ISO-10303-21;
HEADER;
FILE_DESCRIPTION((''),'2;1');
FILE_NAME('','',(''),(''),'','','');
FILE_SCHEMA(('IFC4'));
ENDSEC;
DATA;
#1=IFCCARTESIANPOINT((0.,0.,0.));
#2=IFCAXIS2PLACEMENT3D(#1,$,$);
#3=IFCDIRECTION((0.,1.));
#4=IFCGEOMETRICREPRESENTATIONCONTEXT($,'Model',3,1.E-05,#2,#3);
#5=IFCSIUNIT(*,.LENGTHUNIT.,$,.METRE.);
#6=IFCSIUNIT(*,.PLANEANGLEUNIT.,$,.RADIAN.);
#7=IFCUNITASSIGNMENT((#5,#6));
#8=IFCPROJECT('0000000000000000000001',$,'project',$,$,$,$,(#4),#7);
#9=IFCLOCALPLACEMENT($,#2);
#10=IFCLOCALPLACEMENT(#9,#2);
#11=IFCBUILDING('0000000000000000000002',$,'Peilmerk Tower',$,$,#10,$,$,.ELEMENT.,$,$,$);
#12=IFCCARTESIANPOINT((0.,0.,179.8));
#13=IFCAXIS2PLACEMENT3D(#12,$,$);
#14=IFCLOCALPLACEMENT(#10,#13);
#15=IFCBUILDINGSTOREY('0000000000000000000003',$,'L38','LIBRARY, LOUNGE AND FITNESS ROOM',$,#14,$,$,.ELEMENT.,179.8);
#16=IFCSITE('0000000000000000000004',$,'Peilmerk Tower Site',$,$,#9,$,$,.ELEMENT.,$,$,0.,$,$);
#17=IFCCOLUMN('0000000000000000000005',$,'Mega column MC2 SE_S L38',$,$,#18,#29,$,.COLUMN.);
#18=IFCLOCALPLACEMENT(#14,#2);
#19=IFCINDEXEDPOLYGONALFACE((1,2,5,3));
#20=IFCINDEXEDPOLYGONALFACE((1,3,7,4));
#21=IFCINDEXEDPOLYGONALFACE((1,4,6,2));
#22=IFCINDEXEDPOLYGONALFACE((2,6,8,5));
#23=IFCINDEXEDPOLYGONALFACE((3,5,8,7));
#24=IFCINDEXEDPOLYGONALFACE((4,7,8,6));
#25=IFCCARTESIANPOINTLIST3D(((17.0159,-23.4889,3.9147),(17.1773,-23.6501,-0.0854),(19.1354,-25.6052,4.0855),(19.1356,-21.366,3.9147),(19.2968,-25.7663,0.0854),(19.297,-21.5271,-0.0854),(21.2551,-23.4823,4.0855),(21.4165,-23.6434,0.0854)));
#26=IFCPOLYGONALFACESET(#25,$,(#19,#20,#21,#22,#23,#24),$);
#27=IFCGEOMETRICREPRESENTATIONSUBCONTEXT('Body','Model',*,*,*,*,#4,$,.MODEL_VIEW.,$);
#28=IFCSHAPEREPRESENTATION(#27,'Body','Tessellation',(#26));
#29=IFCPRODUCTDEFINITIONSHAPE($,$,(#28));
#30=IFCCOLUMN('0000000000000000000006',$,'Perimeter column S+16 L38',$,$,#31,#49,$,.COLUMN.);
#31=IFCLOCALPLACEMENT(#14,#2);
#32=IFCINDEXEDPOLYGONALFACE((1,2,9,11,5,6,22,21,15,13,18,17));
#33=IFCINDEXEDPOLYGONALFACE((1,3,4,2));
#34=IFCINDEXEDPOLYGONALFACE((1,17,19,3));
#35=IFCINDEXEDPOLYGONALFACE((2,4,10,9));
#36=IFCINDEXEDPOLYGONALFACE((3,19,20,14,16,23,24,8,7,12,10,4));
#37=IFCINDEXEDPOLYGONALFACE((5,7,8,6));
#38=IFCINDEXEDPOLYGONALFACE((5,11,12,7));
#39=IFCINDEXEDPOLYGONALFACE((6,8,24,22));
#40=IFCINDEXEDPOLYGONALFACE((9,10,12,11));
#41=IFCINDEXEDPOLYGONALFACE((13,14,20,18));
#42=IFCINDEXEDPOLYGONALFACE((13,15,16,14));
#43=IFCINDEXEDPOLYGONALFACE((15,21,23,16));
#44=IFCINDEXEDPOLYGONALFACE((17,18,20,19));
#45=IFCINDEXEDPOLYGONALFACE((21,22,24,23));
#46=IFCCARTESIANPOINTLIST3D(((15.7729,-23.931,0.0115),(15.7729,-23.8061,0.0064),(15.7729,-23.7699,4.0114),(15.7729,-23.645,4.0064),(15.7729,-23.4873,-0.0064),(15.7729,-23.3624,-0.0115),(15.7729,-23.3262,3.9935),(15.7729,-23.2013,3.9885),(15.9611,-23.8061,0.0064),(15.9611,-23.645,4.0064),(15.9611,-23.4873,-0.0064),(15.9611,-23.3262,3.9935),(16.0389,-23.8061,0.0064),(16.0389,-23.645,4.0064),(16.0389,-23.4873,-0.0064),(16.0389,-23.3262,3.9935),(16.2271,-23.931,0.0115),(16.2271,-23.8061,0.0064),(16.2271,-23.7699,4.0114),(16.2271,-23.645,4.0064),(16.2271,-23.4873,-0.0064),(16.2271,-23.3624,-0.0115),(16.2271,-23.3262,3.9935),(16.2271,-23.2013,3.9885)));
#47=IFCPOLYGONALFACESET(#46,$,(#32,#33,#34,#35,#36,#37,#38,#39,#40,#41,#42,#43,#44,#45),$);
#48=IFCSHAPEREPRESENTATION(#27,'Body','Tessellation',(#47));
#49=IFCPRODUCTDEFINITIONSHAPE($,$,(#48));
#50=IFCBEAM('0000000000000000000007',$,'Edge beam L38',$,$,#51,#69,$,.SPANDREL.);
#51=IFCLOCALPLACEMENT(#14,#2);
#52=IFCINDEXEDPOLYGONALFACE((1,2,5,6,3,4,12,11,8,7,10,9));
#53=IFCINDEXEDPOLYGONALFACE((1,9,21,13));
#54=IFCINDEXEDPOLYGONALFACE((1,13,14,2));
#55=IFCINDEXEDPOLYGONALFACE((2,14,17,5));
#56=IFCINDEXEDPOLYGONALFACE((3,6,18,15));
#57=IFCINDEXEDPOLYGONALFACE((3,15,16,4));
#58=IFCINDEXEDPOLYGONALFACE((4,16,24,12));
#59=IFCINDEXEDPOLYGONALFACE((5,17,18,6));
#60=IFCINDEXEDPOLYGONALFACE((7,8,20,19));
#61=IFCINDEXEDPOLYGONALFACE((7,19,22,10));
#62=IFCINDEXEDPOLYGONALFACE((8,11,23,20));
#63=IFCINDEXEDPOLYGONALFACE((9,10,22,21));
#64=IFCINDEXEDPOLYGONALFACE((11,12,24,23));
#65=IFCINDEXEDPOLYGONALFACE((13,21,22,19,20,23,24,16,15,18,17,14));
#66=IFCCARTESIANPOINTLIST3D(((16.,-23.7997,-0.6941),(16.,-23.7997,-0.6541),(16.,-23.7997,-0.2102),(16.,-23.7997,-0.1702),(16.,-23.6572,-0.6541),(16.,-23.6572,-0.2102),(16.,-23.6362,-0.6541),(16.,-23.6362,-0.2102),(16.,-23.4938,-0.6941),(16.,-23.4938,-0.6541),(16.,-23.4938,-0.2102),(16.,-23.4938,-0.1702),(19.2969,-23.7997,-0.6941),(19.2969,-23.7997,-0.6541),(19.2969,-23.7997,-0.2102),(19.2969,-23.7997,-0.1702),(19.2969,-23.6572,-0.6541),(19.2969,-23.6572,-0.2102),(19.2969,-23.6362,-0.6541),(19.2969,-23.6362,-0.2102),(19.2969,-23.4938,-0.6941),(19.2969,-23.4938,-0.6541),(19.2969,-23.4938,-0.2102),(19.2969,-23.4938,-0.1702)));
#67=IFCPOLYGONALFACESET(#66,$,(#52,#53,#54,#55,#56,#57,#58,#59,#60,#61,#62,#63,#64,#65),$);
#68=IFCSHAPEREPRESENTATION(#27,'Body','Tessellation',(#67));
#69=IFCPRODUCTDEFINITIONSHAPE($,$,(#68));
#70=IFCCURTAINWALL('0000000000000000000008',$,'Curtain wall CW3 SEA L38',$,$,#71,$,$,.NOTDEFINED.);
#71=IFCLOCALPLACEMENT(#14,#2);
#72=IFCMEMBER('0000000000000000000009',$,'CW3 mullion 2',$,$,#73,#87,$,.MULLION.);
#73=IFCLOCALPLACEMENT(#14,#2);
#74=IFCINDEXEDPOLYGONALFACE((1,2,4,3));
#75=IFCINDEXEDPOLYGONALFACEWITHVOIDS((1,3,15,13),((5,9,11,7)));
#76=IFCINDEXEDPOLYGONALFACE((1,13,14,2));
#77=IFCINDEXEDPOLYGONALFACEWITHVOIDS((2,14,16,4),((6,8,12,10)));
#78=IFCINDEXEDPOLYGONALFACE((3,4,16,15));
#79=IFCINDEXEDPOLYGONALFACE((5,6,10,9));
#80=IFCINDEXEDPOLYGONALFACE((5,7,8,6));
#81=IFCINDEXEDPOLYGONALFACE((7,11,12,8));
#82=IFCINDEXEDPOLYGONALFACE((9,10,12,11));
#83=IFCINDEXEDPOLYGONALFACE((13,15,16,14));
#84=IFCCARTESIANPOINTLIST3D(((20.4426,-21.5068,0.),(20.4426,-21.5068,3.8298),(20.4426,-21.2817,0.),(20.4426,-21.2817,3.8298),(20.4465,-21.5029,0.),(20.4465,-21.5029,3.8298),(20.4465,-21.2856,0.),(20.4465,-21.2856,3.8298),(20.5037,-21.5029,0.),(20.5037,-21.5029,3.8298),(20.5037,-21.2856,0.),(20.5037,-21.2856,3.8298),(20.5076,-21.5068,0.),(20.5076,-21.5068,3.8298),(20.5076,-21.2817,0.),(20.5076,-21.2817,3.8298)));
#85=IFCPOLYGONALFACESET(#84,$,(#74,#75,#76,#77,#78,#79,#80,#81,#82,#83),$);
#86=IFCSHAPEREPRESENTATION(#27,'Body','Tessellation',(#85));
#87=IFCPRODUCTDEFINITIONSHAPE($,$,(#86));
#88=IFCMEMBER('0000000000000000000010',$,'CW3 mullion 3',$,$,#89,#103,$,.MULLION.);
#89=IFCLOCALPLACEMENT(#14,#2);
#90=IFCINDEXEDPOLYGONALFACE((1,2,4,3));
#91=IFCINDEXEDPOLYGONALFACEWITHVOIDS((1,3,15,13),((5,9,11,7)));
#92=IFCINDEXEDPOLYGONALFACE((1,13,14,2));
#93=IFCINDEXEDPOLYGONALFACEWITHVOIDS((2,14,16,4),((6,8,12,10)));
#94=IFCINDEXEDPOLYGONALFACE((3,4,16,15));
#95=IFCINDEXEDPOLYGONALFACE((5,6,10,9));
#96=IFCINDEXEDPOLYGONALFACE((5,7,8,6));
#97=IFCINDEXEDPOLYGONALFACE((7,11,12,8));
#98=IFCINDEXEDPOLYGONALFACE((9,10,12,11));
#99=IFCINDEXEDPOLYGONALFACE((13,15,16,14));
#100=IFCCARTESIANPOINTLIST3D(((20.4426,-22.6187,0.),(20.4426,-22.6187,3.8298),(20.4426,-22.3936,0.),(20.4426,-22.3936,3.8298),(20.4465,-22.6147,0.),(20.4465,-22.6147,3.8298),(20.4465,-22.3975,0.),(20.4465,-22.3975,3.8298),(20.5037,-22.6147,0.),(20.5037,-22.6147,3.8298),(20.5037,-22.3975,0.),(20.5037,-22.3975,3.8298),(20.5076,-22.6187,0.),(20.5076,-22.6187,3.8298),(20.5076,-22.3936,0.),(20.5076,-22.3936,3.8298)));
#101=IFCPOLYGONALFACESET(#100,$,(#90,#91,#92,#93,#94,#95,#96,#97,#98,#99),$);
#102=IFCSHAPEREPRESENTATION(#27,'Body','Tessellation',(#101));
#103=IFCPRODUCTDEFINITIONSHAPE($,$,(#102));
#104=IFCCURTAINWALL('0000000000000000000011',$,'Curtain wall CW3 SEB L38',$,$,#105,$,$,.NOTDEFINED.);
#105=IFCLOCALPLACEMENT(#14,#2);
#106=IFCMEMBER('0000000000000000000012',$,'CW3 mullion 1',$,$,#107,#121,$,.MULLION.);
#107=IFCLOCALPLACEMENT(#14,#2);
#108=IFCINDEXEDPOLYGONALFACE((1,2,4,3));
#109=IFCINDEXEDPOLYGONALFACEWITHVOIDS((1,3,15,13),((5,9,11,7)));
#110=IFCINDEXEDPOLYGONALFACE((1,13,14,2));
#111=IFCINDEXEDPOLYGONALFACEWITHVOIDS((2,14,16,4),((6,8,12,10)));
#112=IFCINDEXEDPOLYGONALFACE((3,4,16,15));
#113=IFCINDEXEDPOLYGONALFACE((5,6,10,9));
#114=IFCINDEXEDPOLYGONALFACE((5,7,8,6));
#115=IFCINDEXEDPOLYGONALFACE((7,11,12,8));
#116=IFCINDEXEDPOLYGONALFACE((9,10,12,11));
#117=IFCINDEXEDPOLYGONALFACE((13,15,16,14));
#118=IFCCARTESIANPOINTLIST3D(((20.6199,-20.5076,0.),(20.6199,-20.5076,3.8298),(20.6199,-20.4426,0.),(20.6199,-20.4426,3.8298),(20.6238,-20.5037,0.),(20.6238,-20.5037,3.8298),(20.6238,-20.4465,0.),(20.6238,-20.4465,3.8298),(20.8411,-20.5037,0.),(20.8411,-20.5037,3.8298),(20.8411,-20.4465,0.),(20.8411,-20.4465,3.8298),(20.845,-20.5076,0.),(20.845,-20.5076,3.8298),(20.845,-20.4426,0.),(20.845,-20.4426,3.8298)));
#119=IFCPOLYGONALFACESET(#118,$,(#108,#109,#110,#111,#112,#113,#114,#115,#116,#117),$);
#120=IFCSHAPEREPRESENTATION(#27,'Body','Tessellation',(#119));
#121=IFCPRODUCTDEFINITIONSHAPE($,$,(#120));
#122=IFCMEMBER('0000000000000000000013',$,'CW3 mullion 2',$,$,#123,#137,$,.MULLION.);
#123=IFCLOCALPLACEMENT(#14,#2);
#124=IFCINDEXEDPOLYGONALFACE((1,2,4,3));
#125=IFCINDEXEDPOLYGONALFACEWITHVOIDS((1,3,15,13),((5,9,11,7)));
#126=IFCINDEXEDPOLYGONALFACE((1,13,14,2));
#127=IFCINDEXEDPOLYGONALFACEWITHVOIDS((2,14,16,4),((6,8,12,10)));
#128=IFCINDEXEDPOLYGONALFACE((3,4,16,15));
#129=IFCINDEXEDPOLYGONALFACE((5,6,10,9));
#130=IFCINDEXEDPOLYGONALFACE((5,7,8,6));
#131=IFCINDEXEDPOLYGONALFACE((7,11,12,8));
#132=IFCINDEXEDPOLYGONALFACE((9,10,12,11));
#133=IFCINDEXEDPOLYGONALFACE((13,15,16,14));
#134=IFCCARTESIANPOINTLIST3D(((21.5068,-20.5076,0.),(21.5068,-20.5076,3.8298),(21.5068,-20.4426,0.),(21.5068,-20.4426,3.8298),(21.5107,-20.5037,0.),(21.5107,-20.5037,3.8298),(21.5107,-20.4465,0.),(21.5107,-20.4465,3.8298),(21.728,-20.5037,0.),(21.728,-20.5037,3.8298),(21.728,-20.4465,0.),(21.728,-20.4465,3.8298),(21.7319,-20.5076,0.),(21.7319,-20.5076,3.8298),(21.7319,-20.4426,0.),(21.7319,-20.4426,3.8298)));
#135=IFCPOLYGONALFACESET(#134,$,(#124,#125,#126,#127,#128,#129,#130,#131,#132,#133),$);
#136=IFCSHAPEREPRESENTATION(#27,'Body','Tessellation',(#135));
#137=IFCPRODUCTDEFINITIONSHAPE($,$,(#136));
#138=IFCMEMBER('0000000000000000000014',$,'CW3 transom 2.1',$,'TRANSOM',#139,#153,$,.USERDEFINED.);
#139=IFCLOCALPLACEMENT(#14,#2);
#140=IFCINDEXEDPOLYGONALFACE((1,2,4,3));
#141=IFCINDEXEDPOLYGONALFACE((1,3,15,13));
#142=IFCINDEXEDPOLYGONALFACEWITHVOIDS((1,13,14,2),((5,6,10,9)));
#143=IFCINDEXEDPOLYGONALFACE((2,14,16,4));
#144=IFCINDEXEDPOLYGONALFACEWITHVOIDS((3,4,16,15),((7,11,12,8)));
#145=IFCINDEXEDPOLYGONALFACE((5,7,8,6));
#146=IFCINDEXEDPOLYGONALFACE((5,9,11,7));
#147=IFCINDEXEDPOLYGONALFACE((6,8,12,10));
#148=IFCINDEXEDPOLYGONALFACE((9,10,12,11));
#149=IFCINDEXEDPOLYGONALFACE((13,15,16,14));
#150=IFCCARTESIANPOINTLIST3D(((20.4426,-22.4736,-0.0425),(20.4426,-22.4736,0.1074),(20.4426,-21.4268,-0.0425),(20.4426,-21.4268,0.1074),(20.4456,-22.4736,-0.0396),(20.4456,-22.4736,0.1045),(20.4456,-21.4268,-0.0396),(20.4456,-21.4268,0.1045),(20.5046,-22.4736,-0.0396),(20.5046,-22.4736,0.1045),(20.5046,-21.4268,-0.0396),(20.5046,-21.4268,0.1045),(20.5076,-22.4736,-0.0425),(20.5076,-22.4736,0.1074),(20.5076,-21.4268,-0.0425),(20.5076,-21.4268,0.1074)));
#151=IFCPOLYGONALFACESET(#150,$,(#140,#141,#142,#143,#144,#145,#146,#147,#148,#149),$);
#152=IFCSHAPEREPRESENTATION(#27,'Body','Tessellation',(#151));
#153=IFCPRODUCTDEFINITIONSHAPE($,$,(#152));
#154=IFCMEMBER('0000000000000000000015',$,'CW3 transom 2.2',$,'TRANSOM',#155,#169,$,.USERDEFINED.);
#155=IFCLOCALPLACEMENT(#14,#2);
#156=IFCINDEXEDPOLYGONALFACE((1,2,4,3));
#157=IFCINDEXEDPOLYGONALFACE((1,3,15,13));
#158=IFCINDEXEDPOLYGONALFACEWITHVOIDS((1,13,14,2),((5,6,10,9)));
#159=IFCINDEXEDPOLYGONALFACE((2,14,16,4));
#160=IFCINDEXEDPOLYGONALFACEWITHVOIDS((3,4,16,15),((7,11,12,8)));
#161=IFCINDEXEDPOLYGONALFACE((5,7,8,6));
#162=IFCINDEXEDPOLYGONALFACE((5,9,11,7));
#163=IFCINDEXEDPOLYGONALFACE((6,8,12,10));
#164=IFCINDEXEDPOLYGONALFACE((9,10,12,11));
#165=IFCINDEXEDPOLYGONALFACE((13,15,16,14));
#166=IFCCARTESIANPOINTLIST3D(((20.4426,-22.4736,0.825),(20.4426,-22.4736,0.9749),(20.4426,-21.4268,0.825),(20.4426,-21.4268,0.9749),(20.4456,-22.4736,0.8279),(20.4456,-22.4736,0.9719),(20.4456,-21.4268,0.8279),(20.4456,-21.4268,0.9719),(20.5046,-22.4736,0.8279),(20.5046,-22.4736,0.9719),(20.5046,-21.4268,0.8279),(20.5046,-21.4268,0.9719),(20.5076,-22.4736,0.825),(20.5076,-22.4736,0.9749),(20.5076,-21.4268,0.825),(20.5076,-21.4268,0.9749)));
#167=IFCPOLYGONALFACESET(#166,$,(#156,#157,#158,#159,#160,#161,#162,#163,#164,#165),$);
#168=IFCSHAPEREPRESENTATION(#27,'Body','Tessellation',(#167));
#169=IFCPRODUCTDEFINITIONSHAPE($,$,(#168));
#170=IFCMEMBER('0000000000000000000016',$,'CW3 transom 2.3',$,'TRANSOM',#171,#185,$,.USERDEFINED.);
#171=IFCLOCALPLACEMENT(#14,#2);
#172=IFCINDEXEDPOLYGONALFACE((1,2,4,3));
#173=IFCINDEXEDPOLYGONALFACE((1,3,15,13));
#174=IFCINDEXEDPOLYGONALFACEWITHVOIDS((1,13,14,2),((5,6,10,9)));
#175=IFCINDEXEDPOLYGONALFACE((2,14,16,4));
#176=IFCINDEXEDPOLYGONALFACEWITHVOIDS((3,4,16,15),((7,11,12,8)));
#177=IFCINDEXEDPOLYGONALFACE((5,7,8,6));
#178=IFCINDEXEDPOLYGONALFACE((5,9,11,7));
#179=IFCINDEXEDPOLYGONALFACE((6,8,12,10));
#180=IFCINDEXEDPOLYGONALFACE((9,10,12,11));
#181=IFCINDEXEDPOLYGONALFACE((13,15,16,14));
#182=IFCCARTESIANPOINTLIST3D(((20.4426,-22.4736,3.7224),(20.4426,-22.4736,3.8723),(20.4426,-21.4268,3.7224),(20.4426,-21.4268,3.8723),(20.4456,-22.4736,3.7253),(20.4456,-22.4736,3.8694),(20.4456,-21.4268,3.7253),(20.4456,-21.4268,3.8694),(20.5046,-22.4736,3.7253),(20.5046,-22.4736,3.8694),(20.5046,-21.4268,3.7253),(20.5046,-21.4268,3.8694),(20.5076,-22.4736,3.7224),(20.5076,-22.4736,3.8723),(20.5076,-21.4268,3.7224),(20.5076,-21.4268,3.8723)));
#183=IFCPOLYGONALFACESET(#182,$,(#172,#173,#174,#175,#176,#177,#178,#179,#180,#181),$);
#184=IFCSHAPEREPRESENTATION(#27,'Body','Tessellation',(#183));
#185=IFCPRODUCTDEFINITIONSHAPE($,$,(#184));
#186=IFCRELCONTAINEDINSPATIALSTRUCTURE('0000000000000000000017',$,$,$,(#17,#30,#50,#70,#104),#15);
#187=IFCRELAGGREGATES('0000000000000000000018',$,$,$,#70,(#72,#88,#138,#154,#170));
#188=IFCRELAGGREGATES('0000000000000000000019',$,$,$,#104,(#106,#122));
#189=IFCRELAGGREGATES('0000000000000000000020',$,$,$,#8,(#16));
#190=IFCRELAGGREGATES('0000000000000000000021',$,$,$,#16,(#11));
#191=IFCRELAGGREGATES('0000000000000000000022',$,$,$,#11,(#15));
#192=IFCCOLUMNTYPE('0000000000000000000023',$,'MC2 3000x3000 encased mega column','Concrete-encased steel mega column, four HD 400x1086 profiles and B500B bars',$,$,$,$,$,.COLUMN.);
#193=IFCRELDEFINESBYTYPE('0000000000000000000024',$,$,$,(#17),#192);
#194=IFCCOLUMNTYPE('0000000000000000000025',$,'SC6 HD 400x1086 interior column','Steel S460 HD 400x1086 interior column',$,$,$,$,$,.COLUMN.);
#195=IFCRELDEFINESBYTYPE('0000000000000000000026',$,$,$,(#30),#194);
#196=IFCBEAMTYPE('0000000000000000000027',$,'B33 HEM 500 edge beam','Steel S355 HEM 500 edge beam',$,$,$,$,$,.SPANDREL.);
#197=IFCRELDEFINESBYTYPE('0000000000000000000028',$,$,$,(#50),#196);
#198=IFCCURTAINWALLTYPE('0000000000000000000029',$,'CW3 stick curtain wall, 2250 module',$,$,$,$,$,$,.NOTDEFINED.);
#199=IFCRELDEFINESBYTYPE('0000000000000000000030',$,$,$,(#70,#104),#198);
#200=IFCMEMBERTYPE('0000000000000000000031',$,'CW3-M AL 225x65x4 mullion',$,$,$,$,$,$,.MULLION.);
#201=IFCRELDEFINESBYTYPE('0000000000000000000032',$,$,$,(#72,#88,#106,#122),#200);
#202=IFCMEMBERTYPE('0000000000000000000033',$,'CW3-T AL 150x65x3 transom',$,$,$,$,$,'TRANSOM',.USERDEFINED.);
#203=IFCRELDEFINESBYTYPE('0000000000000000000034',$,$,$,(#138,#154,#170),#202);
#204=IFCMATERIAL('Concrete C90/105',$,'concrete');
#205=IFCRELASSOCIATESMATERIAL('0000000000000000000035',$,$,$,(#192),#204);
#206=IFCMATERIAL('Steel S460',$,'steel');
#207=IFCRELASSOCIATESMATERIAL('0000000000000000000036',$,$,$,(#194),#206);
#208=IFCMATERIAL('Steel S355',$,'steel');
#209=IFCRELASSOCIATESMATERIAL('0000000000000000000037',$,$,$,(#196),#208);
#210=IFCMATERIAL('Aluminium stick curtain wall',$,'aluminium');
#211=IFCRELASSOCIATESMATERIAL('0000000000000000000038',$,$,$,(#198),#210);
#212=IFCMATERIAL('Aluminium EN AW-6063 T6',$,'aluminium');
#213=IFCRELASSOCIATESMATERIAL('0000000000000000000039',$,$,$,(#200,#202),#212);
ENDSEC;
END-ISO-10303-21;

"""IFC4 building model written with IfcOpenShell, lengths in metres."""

from ifc_helpers import new_model, si_unit, direction, frame, origin, origin_2d, place, context, subcontext, project, spatial, rectangle, hollow_rectangle, i_section, extrude, material, material_profile, profile_set, type_object, element, aggregate, save


model = new_model("IFC4")

# Units and contexts
model_context = context("Model", 3, precision=1e-05, world=origin(), true_north=direction((0.0, 1.0)))
body_context = subcontext(model_context, "Body", "Model", "MODEL_VIEW")
ifc_project = project(units=[si_unit("LENGTHUNIT", "METRE"), si_unit("PLANEANGLEUNIT", "RADIAN")], contexts=[model_context])

# Site, building, storey
site_placement = place(None, origin())
site = spatial("IfcSite", under=ifc_project, at=site_placement, Name="Peilmerk Tower Site", CompositionType="ELEMENT", RefElevation=0.0)
building_placement = place(site_placement, origin())
building = spatial("IfcBuilding", under=site, at=building_placement, Name="Peilmerk Tower", CompositionType="ELEMENT")
storey_placement = place(building_placement, frame((0.0, 0.0, 179.8)))
storey = spatial("IfcBuildingStorey", under=building, at=storey_placement, Name="L38", Description="LIBRARY, LOUNGE AND FITNESS ROOM", CompositionType="ELEMENT", Elevation=179.8)

# Columns
ifc_material_1 = material(Name="Concrete C90/105", Category="concrete")
ifc_material_profile_1 = material_profile(ifc_material_1, rectangle(XDim=3.0, YDim=3.0, at=origin_2d()), Name="RC 3000x3000")
ifc_profile_set_1 = profile_set([ifc_material_profile_1], Name="Concrete C90/105")
column_type_1 = type_object("IfcColumnType", Name="MC2 3000x3000 encased mega column", Description="Concrete-encased steel mega column, four HD 400x1086 profiles and B500B bars", PredefinedType="COLUMN", material=ifc_profile_set_1)
column_1_placement = place(storey_placement, frame((19.2969, -23.6467, 0.0), z_axis=(-0.040279, 0.040218, 0.998379), x_axis=(-0.706571, -0.707642, 0.0)))
element("IfcColumn", 1, at=column_1_placement, inside=storey, type_object=column_type_1, Name="Mega column MC2 SE_S L38", PredefinedType="COLUMN", context=body_context, shape_type="SweptSolid", body=[
    extrude(rectangle(XDim=3.0, YDim=3.0, at=origin_2d()), origin(), (0.0, 0.0, 1.0), 4.0066),
])
ifc_material_2 = material(Name="Steel S460", Category="steel")
ifc_material_profile_2 = material_profile(ifc_material_2, i_section(OverallWidth=0.4541, OverallDepth=0.5691, WebThickness=0.0779, FlangeThickness=0.125, at=origin_2d()), Name="HD 400x1086")
ifc_profile_set_2 = profile_set([ifc_material_profile_2], Name="Steel S460")
column_type_2 = type_object("IfcColumnType", Name="SC6 HD 400x1086 interior column", Description="Steel S460 HD 400x1086 interior column", PredefinedType="COLUMN", material=ifc_profile_set_2)
column_2_placement = place(storey_placement, frame((16.0, -23.6467, 0.0), z_axis=(0.0, 0.040251, 0.99919), x_axis=(-1.0, 0.0, 0.0)))
element("IfcColumn", 2, at=column_2_placement, inside=storey, type_object=column_type_2, Name="Perimeter column S+16 L38", PredefinedType="COLUMN", context=body_context, shape_type="SweptSolid", body=[
    extrude(i_section(OverallWidth=0.4541, OverallDepth=0.5691, WebThickness=0.0779, FlangeThickness=0.125, at=origin_2d()), origin(), (0.0, 0.0, 1.0), 4.0032),
])

# Beam
ifc_material_3 = material(Name="Steel S355", Category="steel")
ifc_material_profile_3 = material_profile(ifc_material_3, i_section(OverallWidth=0.3059, OverallDepth=0.5239, WebThickness=0.021, FlangeThickness=0.04, at=origin_2d()), Name="HEM 500")
ifc_profile_set_3 = profile_set([ifc_material_profile_3], Name="Steel S355")
beam_type = type_object("IfcBeamType", Name="B33 HEM 500 edge beam", Description="Steel S355 HEM 500 edge beam", PredefinedType="SPANDREL", material=ifc_profile_set_3)
beam_placement = place(storey_placement, frame((16.0, -23.6467, -0.4321), z_axis=(1.0, 0.0, 0.0), x_axis=(0.0, 1.0, 0.0)))
element("IfcBeam", 3, at=beam_placement, inside=storey, type_object=beam_type, Name="Edge beam L38", PredefinedType="SPANDREL", context=body_context, shape_type="SweptSolid", body=[
    extrude(i_section(OverallWidth=0.3059, OverallDepth=0.5239, WebThickness=0.021, FlangeThickness=0.04, at=origin_2d()), origin(), (0.0, 0.0, 1.0), 3.2969),
])

# Curtain walls, members
ifc_material_4 = material(Name="Aluminium stick curtain wall", Category="aluminium")
curtain_wall_type = type_object("IfcCurtainWallType", Name="CW3 stick curtain wall, 2250 module", PredefinedType="NOTDEFINED", material=ifc_material_4)
curtain_wall_1_placement = place(storey_placement, origin())
curtain_wall_1 = element("IfcCurtainWall", 4, at=curtain_wall_1_placement, inside=storey, type_object=curtain_wall_type, Name="Curtain wall CW3 SEA L38", PredefinedType="NOTDEFINED")
ifc_material_5 = material(Name="Aluminium EN AW-6063 T6", Category="aluminium")
ifc_material_profile_4 = material_profile(ifc_material_5, hollow_rectangle(XDim=0.0649, YDim=0.2251, WallThickness=0.0039, at=origin_2d()), Name="AL 225x65x4")
ifc_profile_set_4 = profile_set([ifc_material_profile_4], Name="Aluminium EN AW-6063 T6")
member_type_1 = type_object("IfcMemberType", Name="CW3-M AL 225x65x4 mullion", PredefinedType="MULLION", material=ifc_profile_set_4)
member_1_placement = place(storey_placement, frame((20.4751, -21.3943, 0.0), z_axis=(0.0, 0.0, 1.0), x_axis=(1.0, 0.0, 0.0)))
member_1 = element("IfcMember", 5, at=member_1_placement, type_object=member_type_1, Name="CW3 mullion 2", PredefinedType="MULLION", context=body_context, shape_type="SweptSolid", body=[
    extrude(hollow_rectangle(XDim=0.0649, YDim=0.2251, WallThickness=0.0039, at=origin_2d()), origin(), (0.0, 0.0, 1.0), 3.8298),
])
member_2_placement = place(storey_placement, frame((20.4751, -22.5061, 0.0), z_axis=(0.0, 0.0, 1.0), x_axis=(1.0, 0.0, 0.0)))
member_2 = element("IfcMember", 6, at=member_2_placement, type_object=member_type_1, Name="CW3 mullion 3", PredefinedType="MULLION", context=body_context, shape_type="SweptSolid", body=[
    extrude(hollow_rectangle(XDim=0.0649, YDim=0.2251, WallThickness=0.0039, at=origin_2d()), origin(), (0.0, 0.0, 1.0), 3.8298),
])
curtain_wall_2_placement = place(storey_placement, origin())
curtain_wall_2 = element("IfcCurtainWall", 7, at=curtain_wall_2_placement, inside=storey, type_object=curtain_wall_type, Name="Curtain wall CW3 SEB L38", PredefinedType="NOTDEFINED")
member_3_placement = place(storey_placement, frame((20.7324, -20.4751, 0.0), z_axis=(0.0, 0.0, 1.0), x_axis=(0.0, 1.0, 0.0)))
member_3 = element("IfcMember", 8, at=member_3_placement, type_object=member_type_1, Name="CW3 mullion 1", PredefinedType="MULLION", context=body_context, shape_type="SweptSolid", body=[
    extrude(hollow_rectangle(XDim=0.0649, YDim=0.2251, WallThickness=0.0039, at=origin_2d()), origin(), (0.0, 0.0, 1.0), 3.8298),
])
member_4_placement = place(storey_placement, frame((21.6194, -20.4751, 0.0), z_axis=(0.0, 0.0, 1.0), x_axis=(0.0, 1.0, 0.0)))
member_4 = element("IfcMember", 9, at=member_4_placement, type_object=member_type_1, Name="CW3 mullion 2", PredefinedType="MULLION", context=body_context, shape_type="SweptSolid", body=[
    extrude(hollow_rectangle(XDim=0.0649, YDim=0.2251, WallThickness=0.0039, at=origin_2d()), origin(), (0.0, 0.0, 1.0), 3.8298),
])

# Members
ifc_material_profile_5 = material_profile(ifc_material_5, hollow_rectangle(XDim=0.0649, YDim=0.1499, WallThickness=0.0029, at=origin_2d()), Name="AL 150x65x3")
ifc_profile_set_5 = profile_set([ifc_material_profile_5], Name="Aluminium EN AW-6063 T6")
member_type_2 = type_object("IfcMemberType", Name="CW3-T AL 150x65x3 transom", ElementType="TRANSOM", PredefinedType="USERDEFINED", material=ifc_profile_set_5)
member_5_placement = place(storey_placement, frame((20.4751, -21.4268, 0.0325), z_axis=(0.0, -1.0, 0.0), x_axis=(1.0, 0.0, 0.0)))
member_5 = element("IfcMember", 10, at=member_5_placement, type_object=member_type_2, Name="CW3 transom 2.1", ObjectType="TRANSOM", PredefinedType="USERDEFINED", context=body_context, shape_type="SweptSolid", body=[
    extrude(hollow_rectangle(XDim=0.0649, YDim=0.1499, WallThickness=0.0029, at=origin_2d()), origin(), (0.0, 0.0, 1.0), 1.0469),
])
member_6_placement = place(storey_placement, frame((20.4751, -21.4268, 0.8999), z_axis=(0.0, -1.0, 0.0), x_axis=(1.0, 0.0, 0.0)))
member_6 = element("IfcMember", 11, at=member_6_placement, type_object=member_type_2, Name="CW3 transom 2.2", ObjectType="TRANSOM", PredefinedType="USERDEFINED", context=body_context, shape_type="SweptSolid", body=[
    extrude(hollow_rectangle(XDim=0.0649, YDim=0.1499, WallThickness=0.0029, at=origin_2d()), origin(), (0.0, 0.0, 1.0), 1.0469),
])
member_7_placement = place(storey_placement, frame((20.4751, -21.4268, 3.7974), z_axis=(0.0, -1.0, 0.0), x_axis=(1.0, 0.0, 0.0)))
member_7 = element("IfcMember", 12, at=member_7_placement, type_object=member_type_2, Name="CW3 transom 2.3", ObjectType="TRANSOM", PredefinedType="USERDEFINED", context=body_context, shape_type="SweptSolid", body=[
    extrude(hollow_rectangle(XDim=0.0649, YDim=0.1499, WallThickness=0.0029, at=origin_2d()), origin(), (0.0, 0.0, 1.0), 1.0469),
])

aggregate(curtain_wall_1, [member_1, member_2, member_5, member_6, member_7])
aggregate(curtain_wall_2, [member_3, member_4])

save(model, "model.ifc")
